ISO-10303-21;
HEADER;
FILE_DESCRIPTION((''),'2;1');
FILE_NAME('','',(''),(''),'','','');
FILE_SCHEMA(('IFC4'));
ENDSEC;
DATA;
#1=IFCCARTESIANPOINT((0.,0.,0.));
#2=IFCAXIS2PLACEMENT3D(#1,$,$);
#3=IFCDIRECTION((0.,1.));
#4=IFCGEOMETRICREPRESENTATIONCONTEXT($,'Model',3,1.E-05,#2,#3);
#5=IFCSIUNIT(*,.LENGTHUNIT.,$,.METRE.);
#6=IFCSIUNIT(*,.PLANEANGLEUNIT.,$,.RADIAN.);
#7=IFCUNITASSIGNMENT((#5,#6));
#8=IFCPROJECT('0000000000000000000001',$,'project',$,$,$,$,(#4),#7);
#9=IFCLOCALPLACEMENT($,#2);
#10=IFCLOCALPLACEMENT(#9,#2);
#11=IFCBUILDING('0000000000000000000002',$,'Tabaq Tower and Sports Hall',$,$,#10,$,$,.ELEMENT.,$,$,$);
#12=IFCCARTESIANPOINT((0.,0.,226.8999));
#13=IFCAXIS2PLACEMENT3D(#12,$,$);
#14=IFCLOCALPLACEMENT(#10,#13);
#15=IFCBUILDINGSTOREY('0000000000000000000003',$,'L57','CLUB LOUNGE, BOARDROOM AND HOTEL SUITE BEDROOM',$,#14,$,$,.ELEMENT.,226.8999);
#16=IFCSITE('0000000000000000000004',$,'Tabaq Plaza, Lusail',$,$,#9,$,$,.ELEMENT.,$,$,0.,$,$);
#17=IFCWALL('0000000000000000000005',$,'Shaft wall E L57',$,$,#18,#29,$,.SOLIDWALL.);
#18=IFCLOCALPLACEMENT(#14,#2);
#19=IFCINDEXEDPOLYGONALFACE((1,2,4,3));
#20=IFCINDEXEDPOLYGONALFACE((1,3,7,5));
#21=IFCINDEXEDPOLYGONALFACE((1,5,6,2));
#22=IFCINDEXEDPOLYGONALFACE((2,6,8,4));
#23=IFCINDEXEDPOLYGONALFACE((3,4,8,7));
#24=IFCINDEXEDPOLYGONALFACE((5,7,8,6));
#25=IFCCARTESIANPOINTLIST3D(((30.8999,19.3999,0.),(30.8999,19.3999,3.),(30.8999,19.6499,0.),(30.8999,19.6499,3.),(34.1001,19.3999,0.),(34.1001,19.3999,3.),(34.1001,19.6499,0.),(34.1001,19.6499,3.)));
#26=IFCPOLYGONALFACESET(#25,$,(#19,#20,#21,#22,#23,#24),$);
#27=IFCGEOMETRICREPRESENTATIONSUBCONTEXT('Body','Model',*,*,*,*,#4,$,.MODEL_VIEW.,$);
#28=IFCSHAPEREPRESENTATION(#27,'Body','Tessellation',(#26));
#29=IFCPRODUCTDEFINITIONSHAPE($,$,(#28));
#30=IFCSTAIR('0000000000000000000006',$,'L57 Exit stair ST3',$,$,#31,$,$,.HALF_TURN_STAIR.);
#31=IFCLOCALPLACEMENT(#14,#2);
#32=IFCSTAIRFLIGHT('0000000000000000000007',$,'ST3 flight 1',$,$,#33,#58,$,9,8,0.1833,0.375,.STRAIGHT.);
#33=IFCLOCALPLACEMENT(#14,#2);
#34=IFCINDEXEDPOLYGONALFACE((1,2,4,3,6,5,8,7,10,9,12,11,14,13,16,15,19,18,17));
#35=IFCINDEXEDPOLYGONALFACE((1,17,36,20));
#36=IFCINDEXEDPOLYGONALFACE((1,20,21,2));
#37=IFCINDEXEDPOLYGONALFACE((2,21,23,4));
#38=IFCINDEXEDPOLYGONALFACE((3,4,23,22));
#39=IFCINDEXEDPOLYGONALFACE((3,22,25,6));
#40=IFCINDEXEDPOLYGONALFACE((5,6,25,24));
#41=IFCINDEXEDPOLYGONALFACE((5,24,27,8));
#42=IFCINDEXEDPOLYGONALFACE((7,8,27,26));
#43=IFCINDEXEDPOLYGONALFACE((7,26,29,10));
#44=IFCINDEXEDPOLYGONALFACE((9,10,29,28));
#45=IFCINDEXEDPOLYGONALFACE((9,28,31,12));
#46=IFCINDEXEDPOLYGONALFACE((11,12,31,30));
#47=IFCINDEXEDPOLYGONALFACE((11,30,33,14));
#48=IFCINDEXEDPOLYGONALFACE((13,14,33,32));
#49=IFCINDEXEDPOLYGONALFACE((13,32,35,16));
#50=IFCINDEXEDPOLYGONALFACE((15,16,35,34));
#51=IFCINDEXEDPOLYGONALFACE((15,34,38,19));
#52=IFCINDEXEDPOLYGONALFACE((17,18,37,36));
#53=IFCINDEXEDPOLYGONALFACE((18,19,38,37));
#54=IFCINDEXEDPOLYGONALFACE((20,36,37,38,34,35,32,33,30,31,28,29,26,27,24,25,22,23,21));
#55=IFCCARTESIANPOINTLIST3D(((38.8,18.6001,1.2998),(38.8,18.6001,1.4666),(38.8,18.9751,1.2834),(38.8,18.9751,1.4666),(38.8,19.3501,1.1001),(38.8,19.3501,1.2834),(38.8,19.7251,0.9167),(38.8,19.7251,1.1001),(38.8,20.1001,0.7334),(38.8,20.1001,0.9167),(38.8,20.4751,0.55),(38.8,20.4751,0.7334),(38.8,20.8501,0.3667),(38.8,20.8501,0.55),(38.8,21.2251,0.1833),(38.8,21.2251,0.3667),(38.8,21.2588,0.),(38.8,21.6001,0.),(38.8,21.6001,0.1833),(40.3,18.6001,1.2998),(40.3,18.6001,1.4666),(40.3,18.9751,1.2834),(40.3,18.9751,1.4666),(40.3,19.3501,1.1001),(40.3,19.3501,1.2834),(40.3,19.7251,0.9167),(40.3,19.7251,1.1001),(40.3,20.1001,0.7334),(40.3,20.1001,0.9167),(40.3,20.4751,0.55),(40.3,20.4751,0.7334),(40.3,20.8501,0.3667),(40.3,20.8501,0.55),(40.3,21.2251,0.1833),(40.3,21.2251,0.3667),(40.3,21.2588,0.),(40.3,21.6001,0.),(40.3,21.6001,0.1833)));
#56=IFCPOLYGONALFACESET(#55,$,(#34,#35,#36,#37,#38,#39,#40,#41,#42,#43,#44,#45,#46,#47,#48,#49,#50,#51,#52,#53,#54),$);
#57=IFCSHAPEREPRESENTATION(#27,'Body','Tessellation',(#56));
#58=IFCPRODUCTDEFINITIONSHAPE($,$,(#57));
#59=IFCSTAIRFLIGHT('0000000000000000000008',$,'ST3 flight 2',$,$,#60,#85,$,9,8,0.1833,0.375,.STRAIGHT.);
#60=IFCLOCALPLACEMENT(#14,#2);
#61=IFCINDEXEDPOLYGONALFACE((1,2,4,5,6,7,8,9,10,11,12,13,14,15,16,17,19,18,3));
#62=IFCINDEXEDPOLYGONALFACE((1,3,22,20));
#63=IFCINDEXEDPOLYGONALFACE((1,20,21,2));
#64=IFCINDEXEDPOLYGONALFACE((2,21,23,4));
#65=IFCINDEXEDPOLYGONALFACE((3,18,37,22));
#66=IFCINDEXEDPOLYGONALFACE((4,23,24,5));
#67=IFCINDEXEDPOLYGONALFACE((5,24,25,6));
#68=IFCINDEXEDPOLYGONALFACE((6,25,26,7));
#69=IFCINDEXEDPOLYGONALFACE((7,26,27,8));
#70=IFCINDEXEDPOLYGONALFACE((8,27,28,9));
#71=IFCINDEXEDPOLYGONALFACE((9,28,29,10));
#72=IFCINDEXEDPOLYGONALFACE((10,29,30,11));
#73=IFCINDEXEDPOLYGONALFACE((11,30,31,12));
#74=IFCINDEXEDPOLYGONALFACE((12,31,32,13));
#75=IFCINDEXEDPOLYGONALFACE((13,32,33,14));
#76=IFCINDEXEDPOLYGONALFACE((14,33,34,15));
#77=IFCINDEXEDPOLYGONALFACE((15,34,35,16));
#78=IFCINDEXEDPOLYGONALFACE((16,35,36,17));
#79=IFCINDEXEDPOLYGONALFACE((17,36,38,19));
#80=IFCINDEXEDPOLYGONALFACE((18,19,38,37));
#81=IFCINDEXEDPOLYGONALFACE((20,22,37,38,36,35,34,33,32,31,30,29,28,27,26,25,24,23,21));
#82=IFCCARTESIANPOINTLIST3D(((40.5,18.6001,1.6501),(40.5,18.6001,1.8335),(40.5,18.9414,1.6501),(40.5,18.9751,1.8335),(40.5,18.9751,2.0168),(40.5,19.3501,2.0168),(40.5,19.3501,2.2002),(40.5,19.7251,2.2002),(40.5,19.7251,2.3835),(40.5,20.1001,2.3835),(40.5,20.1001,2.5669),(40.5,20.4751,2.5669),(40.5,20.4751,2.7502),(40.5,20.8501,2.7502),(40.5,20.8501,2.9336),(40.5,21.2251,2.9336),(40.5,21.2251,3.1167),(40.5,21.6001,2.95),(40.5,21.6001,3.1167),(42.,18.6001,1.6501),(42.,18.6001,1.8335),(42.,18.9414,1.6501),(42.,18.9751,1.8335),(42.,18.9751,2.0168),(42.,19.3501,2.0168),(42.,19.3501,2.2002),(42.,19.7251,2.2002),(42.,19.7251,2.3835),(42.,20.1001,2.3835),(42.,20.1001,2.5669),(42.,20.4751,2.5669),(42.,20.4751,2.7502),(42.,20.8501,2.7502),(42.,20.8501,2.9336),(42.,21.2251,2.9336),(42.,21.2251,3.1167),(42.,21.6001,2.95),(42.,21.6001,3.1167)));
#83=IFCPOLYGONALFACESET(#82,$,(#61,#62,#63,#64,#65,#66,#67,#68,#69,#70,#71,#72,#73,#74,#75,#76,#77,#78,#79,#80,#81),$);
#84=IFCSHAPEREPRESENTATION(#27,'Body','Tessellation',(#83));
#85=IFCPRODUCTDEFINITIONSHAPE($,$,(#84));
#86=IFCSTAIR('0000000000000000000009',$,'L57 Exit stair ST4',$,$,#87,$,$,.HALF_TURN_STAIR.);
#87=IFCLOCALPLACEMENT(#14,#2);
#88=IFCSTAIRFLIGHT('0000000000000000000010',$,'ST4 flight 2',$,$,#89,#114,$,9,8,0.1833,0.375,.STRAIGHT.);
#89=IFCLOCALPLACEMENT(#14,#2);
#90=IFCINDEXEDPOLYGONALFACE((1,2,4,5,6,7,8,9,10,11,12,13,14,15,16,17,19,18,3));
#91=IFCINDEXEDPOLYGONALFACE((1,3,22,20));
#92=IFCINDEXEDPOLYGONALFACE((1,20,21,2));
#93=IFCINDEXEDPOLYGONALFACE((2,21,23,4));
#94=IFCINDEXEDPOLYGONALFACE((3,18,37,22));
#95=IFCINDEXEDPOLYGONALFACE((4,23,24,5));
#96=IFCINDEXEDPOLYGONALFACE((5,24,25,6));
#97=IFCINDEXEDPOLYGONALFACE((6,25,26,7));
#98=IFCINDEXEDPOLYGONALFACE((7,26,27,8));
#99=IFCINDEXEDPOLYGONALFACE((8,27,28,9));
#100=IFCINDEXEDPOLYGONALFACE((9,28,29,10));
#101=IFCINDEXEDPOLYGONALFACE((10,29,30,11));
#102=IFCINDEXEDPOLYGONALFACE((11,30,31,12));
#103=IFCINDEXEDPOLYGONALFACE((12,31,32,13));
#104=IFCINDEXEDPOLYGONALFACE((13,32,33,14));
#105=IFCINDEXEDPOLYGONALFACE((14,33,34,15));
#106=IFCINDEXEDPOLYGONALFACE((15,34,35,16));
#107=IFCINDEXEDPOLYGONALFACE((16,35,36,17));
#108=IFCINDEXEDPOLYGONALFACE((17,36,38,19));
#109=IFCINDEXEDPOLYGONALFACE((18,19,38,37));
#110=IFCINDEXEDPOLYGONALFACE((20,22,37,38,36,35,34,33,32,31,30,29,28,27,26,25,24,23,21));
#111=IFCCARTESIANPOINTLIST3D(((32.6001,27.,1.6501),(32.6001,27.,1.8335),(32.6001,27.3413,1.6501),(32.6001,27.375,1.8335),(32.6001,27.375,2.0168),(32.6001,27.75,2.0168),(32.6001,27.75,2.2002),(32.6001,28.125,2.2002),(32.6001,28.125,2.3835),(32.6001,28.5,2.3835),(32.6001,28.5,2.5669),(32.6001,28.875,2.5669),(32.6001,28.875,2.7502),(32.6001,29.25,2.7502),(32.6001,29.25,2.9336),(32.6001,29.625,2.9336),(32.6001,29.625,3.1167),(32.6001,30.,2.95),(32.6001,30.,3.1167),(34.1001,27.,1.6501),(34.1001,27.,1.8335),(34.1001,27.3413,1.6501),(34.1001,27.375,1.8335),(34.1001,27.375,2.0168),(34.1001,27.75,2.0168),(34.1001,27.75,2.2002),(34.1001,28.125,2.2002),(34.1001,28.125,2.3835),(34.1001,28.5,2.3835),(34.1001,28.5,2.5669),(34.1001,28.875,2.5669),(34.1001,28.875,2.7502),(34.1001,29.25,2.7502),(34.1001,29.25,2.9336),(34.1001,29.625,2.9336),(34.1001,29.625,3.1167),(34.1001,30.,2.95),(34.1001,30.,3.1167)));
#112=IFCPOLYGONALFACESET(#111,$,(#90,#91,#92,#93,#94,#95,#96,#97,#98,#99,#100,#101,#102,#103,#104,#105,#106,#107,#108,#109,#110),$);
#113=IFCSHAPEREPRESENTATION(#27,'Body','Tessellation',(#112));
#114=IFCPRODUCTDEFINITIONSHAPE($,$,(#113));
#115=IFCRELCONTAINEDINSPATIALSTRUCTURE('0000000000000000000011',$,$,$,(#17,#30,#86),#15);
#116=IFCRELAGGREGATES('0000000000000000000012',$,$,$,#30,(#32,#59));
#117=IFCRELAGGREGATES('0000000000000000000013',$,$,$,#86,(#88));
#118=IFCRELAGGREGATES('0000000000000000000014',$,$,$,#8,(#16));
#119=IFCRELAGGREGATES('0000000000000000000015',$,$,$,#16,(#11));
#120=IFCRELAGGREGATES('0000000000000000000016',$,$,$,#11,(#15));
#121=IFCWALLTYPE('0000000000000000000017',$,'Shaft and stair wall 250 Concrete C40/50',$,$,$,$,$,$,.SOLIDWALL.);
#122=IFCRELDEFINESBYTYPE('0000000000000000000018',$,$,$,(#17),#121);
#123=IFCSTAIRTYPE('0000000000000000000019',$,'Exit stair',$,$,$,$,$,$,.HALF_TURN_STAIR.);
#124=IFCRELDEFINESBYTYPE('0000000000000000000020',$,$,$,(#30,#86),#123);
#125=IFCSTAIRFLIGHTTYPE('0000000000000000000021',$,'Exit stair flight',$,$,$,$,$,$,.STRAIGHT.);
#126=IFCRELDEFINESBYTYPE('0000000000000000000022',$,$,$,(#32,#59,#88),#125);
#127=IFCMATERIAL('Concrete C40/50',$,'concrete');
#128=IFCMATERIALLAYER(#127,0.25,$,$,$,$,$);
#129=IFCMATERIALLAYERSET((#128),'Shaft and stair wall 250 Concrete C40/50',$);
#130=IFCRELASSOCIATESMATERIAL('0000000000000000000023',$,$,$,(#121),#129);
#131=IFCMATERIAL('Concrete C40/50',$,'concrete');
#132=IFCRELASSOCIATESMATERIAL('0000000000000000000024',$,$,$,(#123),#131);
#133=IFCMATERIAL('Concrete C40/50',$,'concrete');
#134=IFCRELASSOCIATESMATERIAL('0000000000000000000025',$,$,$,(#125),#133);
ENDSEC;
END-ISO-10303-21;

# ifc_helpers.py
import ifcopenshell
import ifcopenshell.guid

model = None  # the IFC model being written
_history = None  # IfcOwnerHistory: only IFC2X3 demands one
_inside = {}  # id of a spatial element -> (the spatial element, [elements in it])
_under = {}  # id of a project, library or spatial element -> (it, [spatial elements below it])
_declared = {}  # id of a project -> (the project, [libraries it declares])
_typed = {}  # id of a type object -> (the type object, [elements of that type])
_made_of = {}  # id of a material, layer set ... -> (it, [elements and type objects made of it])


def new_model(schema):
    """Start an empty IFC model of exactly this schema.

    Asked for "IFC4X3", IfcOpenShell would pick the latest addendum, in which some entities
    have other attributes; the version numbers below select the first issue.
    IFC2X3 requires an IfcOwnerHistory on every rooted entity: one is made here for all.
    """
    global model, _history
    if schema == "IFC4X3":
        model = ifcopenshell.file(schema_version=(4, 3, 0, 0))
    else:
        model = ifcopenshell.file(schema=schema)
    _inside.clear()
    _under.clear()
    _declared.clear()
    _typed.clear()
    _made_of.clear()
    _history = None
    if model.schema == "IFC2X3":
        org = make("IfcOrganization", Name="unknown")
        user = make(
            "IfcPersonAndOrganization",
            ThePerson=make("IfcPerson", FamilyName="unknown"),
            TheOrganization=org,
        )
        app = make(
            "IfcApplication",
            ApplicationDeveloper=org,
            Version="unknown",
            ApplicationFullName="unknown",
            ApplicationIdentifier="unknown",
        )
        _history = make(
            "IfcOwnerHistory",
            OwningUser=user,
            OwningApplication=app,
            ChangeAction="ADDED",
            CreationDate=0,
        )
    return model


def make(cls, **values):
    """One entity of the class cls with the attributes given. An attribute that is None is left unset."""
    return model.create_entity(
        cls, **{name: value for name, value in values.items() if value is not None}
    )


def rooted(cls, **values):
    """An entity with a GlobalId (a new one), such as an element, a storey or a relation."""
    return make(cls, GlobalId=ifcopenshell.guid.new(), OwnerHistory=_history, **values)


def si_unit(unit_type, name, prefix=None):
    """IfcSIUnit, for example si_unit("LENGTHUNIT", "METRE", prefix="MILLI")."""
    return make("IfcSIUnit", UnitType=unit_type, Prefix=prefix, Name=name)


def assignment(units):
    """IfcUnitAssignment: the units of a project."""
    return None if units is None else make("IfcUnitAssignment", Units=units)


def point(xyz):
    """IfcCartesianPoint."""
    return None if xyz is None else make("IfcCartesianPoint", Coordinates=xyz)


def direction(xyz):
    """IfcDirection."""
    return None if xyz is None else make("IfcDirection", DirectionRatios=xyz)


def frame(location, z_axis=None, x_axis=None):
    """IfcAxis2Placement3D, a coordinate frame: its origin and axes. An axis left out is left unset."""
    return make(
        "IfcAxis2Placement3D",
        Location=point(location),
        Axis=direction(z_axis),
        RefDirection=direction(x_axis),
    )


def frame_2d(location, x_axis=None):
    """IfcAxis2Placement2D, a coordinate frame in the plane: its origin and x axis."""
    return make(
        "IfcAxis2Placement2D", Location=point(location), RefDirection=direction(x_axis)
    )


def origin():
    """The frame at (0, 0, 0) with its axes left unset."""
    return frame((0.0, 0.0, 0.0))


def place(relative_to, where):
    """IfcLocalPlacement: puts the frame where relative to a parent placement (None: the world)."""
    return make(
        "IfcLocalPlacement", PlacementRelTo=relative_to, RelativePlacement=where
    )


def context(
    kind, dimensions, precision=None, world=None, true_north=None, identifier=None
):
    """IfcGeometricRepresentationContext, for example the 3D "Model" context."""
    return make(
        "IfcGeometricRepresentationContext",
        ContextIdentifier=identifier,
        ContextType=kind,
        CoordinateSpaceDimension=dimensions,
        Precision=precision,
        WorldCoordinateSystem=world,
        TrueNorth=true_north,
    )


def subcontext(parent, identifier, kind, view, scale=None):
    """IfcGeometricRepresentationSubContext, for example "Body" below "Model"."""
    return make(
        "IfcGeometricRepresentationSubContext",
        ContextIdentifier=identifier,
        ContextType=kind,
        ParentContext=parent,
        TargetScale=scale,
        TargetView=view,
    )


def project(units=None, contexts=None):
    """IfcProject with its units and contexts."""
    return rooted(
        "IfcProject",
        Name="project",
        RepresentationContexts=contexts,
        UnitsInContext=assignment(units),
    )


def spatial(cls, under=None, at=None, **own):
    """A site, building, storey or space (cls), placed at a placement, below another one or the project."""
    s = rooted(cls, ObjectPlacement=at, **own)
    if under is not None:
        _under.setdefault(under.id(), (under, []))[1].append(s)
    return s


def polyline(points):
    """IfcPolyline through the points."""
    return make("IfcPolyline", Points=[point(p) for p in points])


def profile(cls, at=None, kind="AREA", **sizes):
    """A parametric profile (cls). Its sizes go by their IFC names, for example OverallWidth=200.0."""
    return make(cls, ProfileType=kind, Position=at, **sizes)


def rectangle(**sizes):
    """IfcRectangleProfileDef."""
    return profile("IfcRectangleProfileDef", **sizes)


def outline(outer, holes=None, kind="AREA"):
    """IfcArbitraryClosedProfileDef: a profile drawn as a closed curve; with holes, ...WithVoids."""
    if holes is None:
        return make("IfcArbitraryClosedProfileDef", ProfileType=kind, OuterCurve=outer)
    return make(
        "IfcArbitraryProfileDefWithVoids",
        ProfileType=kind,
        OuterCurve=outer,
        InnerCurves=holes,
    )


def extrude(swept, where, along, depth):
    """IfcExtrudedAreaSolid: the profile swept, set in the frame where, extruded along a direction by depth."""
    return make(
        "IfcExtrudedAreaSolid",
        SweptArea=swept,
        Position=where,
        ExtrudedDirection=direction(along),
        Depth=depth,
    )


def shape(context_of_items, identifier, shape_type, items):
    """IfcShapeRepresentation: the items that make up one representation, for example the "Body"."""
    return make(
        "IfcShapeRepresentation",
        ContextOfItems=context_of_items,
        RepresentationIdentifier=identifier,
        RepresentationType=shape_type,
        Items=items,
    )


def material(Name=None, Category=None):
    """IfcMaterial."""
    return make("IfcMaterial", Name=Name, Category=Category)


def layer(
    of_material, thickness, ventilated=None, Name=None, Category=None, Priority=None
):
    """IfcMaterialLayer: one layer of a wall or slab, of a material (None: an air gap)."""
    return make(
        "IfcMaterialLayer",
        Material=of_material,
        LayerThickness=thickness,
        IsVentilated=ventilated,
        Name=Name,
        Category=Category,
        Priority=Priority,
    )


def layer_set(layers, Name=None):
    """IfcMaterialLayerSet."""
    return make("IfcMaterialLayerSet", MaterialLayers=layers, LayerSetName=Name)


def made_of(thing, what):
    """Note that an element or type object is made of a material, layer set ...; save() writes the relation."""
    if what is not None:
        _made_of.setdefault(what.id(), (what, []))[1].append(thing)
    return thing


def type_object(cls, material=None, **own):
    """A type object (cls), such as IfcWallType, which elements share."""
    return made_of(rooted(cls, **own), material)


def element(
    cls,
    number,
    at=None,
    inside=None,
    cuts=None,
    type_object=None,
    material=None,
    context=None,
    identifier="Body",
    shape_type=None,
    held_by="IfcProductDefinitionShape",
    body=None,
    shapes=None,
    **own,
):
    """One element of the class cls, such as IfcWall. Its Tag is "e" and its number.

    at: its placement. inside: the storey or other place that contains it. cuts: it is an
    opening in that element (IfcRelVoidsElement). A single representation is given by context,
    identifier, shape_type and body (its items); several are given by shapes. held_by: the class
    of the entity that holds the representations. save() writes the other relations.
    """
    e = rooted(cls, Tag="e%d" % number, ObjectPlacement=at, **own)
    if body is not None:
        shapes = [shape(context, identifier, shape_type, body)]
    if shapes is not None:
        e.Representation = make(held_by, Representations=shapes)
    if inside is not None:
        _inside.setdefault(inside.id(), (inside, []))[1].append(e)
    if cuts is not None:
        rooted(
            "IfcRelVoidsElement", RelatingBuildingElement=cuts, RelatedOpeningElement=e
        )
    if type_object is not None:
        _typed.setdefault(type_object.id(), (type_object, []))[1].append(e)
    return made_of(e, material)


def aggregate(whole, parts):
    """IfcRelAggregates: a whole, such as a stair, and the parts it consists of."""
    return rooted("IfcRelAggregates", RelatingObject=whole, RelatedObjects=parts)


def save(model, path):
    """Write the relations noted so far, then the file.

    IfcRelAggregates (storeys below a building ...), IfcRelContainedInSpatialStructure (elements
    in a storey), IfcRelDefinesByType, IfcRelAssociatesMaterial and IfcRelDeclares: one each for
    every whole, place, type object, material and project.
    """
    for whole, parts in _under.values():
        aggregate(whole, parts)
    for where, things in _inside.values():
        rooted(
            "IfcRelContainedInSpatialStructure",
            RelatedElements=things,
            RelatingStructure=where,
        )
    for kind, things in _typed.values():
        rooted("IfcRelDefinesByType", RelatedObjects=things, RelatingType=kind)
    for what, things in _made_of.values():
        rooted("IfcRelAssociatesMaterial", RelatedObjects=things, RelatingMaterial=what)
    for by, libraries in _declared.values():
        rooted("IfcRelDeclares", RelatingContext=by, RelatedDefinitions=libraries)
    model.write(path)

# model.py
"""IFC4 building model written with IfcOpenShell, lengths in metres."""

from ifc_helpers import new_model, si_unit, direction, frame, frame_2d, origin, place, context, subcontext, project, spatial, polyline, rectangle, outline, extrude, material, layer, layer_set, type_object, element, aggregate, save


model = new_model("IFC4")

# Units and contexts
model_context = context("Model", 3, precision=1e-05, world=origin(), true_north=direction((0.0, 1.0)))
body_context = subcontext(model_context, "Body", "Model", "MODEL_VIEW")
ifc_project = project(units=[si_unit("LENGTHUNIT", "METRE"), si_unit("PLANEANGLEUNIT", "RADIAN")], contexts=[model_context])

# Site, building, storey
site_placement = place(None, origin())
site = spatial("IfcSite", under=ifc_project, at=site_placement, Name="Tabaq Plaza, Lusail", CompositionType="ELEMENT", RefElevation=0.0)
building_placement = place(site_placement, origin())
building = spatial("IfcBuilding", under=site, at=building_placement, Name="Tabaq Tower and Sports Hall", CompositionType="ELEMENT")
storey_placement = place(building_placement, frame((0.0, 0.0, 226.8999)))
storey = spatial("IfcBuildingStorey", under=building, at=storey_placement, Name="L57", Description="CLUB LOUNGE, BOARDROOM AND HOTEL SUITE BEDROOM", CompositionType="ELEMENT", Elevation=226.8999)

# Shared definitions
ifc_material_1 = material(Name="Concrete C40/50", Category="concrete")
ifc_layer_1 = layer(ifc_material_1, 0.25)
ifc_layer_set_1 = layer_set([ifc_layer_1], Name="Shaft and stair wall 250 Concrete C40/50")
wall_type_1 = type_object("IfcWallType", Name="Shaft and stair wall 250 Concrete C40/50", PredefinedType="SOLIDWALL", material=ifc_layer_set_1)

# Wall
wall_1_placement = place(storey_placement, frame((30.8999, 19.5249, 0.0), z_axis=(0.0, 0.0, 1.0), x_axis=(1.0, 0.0, 0.0)))
element("IfcWall", 1, at=wall_1_placement, inside=storey, type_object=wall_type_1, Name="Shaft wall E L57", PredefinedType="SOLIDWALL", context=body_context, shape_type="SweptSolid", body=[
    extrude(rectangle(XDim=3.2002, YDim=0.25, at=frame_2d((1.6001, 0.0))), origin(), (0.0, 0.0, 1.0), 3.0),
])

# Stair, stair flights
ifc_material_2 = material(Name="Concrete C40/50", Category="concrete")
stair_type = type_object("IfcStairType", Name="Exit stair", PredefinedType="HALF_TURN_STAIR", material=ifc_material_2)
stair_1_placement = place(storey_placement, origin())
stair_1 = element("IfcStair", 2, at=stair_1_placement, inside=storey, type_object=stair_type, Name="L57 Exit stair ST3", PredefinedType="HALF_TURN_STAIR")
ifc_material_3 = material(Name="Concrete C40/50", Category="concrete")
stair_flight_type = type_object("IfcStairFlightType", Name="Exit stair flight", PredefinedType="STRAIGHT", material=ifc_material_3)
stair_flight_1_placement = place(storey_placement, frame((39.55, 21.6001, 0.0), z_axis=(0.0, 0.0, 1.0), x_axis=(0.0, -1.0, 0.0)))
stair_flight_1 = element("IfcStairFlight", 3, at=stair_flight_1_placement, type_object=stair_flight_type, Name="ST3 flight 1", NumberOfRisers=9, NumberOfTreads=8, PredefinedType="STRAIGHT", RiserHeight=0.1833, TreadLength=0.375, context=body_context, shape_type="SweptSolid", body=[
    extrude(outline(polyline([(0.0, 0.0), (0.0, 0.1833), (0.375, 0.1833), (0.375, 0.3667), (0.75, 0.3667), (0.75, 0.55), (1.125, 0.55), (1.125, 0.7334), (1.5, 0.7334), (1.5, 0.9167), (1.875, 0.9167), (1.875, 1.1001), (2.25, 1.1001), (2.25, 1.2834), (2.625, 1.2834), (2.625, 1.4666), (3.0, 1.4666), (3.0, 1.6499), (3.0, 1.2998), (0.3413, 0.0), (0.0, 0.0)])), frame((0.0, 0.75, 0.0), z_axis=(0.0, -1.0, 0.0), x_axis=(1.0, 0.0, 0.0)), (0.0, 0.0, 1.0), 1.5),
])
stair_flight_2_placement = place(storey_placement, frame((41.25, 18.6001, 1.6501), z_axis=(0.0, 0.0, 1.0), x_axis=(0.0, 1.0, 0.0)))
stair_flight_2 = element("IfcStairFlight", 4, at=stair_flight_2_placement, type_object=stair_flight_type, Name="ST3 flight 2", NumberOfRisers=9, NumberOfTreads=8, PredefinedType="STRAIGHT", RiserHeight=0.1833, TreadLength=0.375, context=body_context, shape_type="SweptSolid", body=[
    extrude(outline(polyline([(0.0, 0.0), (0.0, 0.1833), (0.375, 0.1833), (0.375, 0.3667), (0.75, 0.3667), (0.75, 0.55), (1.125, 0.55), (1.125, 0.7334), (1.5, 0.7334), (1.5, 0.9167), (1.875, 0.9167), (1.875, 1.1001), (2.25, 1.1001), (2.25, 1.2834), (2.625, 1.2834), (2.625, 1.4666), (3.0, 1.4666), (3.0, 1.6499), (3.0, 1.2998), (0.3413, 0.0), (0.0, 0.0)])), frame((0.0, 0.75, 0.0), z_axis=(0.0, -1.0, 0.0), x_axis=(1.0, 0.0, 0.0)), (0.0, 0.0, 1.0), 1.5),
])
aggregate(stair_1, [stair_flight_1, stair_flight_2])

# Stair, stair flight
stair_2_placement = place(storey_placement, origin())
stair_2 = element("IfcStair", 5, at=stair_2_placement, inside=storey, type_object=stair_type, Name="L57 Exit stair ST4", PredefinedType="HALF_TURN_STAIR")
stair_flight_3_placement = place(storey_placement, frame((33.3501, 27.0, 1.6501), z_axis=(0.0, 0.0, 1.0), x_axis=(0.0, 1.0, 0.0)))
stair_flight_3 = element("IfcStairFlight", 6, at=stair_flight_3_placement, type_object=stair_flight_type, Name="ST4 flight 2", NumberOfRisers=9, NumberOfTreads=8, PredefinedType="STRAIGHT", RiserHeight=0.1833, TreadLength=0.375, context=body_context, shape_type="SweptSolid", body=[
    extrude(outline(polyline([(0.0, 0.0), (0.0, 0.1833), (0.375, 0.1833), (0.375, 0.3667), (0.75, 0.3667), (0.75, 0.55), (1.125, 0.55), (1.125, 0.7334), (1.5, 0.7334), (1.5, 0.9167), (1.875, 0.9167), (1.875, 1.1001), (2.25, 1.1001), (2.25, 1.2834), (2.625, 1.2834), (2.625, 1.4666), (3.0, 1.4666), (3.0, 1.6499), (3.0, 1.2998), (0.3413, 0.0), (0.0, 0.0)])), frame((0.0, 0.75, 0.0), z_axis=(0.0, -1.0, 0.0), x_axis=(1.0, 0.0, 0.0)), (0.0, 0.0, 1.0), 1.5),
])
aggregate(stair_2, [stair_flight_3])

save(model, "model.ifc")
